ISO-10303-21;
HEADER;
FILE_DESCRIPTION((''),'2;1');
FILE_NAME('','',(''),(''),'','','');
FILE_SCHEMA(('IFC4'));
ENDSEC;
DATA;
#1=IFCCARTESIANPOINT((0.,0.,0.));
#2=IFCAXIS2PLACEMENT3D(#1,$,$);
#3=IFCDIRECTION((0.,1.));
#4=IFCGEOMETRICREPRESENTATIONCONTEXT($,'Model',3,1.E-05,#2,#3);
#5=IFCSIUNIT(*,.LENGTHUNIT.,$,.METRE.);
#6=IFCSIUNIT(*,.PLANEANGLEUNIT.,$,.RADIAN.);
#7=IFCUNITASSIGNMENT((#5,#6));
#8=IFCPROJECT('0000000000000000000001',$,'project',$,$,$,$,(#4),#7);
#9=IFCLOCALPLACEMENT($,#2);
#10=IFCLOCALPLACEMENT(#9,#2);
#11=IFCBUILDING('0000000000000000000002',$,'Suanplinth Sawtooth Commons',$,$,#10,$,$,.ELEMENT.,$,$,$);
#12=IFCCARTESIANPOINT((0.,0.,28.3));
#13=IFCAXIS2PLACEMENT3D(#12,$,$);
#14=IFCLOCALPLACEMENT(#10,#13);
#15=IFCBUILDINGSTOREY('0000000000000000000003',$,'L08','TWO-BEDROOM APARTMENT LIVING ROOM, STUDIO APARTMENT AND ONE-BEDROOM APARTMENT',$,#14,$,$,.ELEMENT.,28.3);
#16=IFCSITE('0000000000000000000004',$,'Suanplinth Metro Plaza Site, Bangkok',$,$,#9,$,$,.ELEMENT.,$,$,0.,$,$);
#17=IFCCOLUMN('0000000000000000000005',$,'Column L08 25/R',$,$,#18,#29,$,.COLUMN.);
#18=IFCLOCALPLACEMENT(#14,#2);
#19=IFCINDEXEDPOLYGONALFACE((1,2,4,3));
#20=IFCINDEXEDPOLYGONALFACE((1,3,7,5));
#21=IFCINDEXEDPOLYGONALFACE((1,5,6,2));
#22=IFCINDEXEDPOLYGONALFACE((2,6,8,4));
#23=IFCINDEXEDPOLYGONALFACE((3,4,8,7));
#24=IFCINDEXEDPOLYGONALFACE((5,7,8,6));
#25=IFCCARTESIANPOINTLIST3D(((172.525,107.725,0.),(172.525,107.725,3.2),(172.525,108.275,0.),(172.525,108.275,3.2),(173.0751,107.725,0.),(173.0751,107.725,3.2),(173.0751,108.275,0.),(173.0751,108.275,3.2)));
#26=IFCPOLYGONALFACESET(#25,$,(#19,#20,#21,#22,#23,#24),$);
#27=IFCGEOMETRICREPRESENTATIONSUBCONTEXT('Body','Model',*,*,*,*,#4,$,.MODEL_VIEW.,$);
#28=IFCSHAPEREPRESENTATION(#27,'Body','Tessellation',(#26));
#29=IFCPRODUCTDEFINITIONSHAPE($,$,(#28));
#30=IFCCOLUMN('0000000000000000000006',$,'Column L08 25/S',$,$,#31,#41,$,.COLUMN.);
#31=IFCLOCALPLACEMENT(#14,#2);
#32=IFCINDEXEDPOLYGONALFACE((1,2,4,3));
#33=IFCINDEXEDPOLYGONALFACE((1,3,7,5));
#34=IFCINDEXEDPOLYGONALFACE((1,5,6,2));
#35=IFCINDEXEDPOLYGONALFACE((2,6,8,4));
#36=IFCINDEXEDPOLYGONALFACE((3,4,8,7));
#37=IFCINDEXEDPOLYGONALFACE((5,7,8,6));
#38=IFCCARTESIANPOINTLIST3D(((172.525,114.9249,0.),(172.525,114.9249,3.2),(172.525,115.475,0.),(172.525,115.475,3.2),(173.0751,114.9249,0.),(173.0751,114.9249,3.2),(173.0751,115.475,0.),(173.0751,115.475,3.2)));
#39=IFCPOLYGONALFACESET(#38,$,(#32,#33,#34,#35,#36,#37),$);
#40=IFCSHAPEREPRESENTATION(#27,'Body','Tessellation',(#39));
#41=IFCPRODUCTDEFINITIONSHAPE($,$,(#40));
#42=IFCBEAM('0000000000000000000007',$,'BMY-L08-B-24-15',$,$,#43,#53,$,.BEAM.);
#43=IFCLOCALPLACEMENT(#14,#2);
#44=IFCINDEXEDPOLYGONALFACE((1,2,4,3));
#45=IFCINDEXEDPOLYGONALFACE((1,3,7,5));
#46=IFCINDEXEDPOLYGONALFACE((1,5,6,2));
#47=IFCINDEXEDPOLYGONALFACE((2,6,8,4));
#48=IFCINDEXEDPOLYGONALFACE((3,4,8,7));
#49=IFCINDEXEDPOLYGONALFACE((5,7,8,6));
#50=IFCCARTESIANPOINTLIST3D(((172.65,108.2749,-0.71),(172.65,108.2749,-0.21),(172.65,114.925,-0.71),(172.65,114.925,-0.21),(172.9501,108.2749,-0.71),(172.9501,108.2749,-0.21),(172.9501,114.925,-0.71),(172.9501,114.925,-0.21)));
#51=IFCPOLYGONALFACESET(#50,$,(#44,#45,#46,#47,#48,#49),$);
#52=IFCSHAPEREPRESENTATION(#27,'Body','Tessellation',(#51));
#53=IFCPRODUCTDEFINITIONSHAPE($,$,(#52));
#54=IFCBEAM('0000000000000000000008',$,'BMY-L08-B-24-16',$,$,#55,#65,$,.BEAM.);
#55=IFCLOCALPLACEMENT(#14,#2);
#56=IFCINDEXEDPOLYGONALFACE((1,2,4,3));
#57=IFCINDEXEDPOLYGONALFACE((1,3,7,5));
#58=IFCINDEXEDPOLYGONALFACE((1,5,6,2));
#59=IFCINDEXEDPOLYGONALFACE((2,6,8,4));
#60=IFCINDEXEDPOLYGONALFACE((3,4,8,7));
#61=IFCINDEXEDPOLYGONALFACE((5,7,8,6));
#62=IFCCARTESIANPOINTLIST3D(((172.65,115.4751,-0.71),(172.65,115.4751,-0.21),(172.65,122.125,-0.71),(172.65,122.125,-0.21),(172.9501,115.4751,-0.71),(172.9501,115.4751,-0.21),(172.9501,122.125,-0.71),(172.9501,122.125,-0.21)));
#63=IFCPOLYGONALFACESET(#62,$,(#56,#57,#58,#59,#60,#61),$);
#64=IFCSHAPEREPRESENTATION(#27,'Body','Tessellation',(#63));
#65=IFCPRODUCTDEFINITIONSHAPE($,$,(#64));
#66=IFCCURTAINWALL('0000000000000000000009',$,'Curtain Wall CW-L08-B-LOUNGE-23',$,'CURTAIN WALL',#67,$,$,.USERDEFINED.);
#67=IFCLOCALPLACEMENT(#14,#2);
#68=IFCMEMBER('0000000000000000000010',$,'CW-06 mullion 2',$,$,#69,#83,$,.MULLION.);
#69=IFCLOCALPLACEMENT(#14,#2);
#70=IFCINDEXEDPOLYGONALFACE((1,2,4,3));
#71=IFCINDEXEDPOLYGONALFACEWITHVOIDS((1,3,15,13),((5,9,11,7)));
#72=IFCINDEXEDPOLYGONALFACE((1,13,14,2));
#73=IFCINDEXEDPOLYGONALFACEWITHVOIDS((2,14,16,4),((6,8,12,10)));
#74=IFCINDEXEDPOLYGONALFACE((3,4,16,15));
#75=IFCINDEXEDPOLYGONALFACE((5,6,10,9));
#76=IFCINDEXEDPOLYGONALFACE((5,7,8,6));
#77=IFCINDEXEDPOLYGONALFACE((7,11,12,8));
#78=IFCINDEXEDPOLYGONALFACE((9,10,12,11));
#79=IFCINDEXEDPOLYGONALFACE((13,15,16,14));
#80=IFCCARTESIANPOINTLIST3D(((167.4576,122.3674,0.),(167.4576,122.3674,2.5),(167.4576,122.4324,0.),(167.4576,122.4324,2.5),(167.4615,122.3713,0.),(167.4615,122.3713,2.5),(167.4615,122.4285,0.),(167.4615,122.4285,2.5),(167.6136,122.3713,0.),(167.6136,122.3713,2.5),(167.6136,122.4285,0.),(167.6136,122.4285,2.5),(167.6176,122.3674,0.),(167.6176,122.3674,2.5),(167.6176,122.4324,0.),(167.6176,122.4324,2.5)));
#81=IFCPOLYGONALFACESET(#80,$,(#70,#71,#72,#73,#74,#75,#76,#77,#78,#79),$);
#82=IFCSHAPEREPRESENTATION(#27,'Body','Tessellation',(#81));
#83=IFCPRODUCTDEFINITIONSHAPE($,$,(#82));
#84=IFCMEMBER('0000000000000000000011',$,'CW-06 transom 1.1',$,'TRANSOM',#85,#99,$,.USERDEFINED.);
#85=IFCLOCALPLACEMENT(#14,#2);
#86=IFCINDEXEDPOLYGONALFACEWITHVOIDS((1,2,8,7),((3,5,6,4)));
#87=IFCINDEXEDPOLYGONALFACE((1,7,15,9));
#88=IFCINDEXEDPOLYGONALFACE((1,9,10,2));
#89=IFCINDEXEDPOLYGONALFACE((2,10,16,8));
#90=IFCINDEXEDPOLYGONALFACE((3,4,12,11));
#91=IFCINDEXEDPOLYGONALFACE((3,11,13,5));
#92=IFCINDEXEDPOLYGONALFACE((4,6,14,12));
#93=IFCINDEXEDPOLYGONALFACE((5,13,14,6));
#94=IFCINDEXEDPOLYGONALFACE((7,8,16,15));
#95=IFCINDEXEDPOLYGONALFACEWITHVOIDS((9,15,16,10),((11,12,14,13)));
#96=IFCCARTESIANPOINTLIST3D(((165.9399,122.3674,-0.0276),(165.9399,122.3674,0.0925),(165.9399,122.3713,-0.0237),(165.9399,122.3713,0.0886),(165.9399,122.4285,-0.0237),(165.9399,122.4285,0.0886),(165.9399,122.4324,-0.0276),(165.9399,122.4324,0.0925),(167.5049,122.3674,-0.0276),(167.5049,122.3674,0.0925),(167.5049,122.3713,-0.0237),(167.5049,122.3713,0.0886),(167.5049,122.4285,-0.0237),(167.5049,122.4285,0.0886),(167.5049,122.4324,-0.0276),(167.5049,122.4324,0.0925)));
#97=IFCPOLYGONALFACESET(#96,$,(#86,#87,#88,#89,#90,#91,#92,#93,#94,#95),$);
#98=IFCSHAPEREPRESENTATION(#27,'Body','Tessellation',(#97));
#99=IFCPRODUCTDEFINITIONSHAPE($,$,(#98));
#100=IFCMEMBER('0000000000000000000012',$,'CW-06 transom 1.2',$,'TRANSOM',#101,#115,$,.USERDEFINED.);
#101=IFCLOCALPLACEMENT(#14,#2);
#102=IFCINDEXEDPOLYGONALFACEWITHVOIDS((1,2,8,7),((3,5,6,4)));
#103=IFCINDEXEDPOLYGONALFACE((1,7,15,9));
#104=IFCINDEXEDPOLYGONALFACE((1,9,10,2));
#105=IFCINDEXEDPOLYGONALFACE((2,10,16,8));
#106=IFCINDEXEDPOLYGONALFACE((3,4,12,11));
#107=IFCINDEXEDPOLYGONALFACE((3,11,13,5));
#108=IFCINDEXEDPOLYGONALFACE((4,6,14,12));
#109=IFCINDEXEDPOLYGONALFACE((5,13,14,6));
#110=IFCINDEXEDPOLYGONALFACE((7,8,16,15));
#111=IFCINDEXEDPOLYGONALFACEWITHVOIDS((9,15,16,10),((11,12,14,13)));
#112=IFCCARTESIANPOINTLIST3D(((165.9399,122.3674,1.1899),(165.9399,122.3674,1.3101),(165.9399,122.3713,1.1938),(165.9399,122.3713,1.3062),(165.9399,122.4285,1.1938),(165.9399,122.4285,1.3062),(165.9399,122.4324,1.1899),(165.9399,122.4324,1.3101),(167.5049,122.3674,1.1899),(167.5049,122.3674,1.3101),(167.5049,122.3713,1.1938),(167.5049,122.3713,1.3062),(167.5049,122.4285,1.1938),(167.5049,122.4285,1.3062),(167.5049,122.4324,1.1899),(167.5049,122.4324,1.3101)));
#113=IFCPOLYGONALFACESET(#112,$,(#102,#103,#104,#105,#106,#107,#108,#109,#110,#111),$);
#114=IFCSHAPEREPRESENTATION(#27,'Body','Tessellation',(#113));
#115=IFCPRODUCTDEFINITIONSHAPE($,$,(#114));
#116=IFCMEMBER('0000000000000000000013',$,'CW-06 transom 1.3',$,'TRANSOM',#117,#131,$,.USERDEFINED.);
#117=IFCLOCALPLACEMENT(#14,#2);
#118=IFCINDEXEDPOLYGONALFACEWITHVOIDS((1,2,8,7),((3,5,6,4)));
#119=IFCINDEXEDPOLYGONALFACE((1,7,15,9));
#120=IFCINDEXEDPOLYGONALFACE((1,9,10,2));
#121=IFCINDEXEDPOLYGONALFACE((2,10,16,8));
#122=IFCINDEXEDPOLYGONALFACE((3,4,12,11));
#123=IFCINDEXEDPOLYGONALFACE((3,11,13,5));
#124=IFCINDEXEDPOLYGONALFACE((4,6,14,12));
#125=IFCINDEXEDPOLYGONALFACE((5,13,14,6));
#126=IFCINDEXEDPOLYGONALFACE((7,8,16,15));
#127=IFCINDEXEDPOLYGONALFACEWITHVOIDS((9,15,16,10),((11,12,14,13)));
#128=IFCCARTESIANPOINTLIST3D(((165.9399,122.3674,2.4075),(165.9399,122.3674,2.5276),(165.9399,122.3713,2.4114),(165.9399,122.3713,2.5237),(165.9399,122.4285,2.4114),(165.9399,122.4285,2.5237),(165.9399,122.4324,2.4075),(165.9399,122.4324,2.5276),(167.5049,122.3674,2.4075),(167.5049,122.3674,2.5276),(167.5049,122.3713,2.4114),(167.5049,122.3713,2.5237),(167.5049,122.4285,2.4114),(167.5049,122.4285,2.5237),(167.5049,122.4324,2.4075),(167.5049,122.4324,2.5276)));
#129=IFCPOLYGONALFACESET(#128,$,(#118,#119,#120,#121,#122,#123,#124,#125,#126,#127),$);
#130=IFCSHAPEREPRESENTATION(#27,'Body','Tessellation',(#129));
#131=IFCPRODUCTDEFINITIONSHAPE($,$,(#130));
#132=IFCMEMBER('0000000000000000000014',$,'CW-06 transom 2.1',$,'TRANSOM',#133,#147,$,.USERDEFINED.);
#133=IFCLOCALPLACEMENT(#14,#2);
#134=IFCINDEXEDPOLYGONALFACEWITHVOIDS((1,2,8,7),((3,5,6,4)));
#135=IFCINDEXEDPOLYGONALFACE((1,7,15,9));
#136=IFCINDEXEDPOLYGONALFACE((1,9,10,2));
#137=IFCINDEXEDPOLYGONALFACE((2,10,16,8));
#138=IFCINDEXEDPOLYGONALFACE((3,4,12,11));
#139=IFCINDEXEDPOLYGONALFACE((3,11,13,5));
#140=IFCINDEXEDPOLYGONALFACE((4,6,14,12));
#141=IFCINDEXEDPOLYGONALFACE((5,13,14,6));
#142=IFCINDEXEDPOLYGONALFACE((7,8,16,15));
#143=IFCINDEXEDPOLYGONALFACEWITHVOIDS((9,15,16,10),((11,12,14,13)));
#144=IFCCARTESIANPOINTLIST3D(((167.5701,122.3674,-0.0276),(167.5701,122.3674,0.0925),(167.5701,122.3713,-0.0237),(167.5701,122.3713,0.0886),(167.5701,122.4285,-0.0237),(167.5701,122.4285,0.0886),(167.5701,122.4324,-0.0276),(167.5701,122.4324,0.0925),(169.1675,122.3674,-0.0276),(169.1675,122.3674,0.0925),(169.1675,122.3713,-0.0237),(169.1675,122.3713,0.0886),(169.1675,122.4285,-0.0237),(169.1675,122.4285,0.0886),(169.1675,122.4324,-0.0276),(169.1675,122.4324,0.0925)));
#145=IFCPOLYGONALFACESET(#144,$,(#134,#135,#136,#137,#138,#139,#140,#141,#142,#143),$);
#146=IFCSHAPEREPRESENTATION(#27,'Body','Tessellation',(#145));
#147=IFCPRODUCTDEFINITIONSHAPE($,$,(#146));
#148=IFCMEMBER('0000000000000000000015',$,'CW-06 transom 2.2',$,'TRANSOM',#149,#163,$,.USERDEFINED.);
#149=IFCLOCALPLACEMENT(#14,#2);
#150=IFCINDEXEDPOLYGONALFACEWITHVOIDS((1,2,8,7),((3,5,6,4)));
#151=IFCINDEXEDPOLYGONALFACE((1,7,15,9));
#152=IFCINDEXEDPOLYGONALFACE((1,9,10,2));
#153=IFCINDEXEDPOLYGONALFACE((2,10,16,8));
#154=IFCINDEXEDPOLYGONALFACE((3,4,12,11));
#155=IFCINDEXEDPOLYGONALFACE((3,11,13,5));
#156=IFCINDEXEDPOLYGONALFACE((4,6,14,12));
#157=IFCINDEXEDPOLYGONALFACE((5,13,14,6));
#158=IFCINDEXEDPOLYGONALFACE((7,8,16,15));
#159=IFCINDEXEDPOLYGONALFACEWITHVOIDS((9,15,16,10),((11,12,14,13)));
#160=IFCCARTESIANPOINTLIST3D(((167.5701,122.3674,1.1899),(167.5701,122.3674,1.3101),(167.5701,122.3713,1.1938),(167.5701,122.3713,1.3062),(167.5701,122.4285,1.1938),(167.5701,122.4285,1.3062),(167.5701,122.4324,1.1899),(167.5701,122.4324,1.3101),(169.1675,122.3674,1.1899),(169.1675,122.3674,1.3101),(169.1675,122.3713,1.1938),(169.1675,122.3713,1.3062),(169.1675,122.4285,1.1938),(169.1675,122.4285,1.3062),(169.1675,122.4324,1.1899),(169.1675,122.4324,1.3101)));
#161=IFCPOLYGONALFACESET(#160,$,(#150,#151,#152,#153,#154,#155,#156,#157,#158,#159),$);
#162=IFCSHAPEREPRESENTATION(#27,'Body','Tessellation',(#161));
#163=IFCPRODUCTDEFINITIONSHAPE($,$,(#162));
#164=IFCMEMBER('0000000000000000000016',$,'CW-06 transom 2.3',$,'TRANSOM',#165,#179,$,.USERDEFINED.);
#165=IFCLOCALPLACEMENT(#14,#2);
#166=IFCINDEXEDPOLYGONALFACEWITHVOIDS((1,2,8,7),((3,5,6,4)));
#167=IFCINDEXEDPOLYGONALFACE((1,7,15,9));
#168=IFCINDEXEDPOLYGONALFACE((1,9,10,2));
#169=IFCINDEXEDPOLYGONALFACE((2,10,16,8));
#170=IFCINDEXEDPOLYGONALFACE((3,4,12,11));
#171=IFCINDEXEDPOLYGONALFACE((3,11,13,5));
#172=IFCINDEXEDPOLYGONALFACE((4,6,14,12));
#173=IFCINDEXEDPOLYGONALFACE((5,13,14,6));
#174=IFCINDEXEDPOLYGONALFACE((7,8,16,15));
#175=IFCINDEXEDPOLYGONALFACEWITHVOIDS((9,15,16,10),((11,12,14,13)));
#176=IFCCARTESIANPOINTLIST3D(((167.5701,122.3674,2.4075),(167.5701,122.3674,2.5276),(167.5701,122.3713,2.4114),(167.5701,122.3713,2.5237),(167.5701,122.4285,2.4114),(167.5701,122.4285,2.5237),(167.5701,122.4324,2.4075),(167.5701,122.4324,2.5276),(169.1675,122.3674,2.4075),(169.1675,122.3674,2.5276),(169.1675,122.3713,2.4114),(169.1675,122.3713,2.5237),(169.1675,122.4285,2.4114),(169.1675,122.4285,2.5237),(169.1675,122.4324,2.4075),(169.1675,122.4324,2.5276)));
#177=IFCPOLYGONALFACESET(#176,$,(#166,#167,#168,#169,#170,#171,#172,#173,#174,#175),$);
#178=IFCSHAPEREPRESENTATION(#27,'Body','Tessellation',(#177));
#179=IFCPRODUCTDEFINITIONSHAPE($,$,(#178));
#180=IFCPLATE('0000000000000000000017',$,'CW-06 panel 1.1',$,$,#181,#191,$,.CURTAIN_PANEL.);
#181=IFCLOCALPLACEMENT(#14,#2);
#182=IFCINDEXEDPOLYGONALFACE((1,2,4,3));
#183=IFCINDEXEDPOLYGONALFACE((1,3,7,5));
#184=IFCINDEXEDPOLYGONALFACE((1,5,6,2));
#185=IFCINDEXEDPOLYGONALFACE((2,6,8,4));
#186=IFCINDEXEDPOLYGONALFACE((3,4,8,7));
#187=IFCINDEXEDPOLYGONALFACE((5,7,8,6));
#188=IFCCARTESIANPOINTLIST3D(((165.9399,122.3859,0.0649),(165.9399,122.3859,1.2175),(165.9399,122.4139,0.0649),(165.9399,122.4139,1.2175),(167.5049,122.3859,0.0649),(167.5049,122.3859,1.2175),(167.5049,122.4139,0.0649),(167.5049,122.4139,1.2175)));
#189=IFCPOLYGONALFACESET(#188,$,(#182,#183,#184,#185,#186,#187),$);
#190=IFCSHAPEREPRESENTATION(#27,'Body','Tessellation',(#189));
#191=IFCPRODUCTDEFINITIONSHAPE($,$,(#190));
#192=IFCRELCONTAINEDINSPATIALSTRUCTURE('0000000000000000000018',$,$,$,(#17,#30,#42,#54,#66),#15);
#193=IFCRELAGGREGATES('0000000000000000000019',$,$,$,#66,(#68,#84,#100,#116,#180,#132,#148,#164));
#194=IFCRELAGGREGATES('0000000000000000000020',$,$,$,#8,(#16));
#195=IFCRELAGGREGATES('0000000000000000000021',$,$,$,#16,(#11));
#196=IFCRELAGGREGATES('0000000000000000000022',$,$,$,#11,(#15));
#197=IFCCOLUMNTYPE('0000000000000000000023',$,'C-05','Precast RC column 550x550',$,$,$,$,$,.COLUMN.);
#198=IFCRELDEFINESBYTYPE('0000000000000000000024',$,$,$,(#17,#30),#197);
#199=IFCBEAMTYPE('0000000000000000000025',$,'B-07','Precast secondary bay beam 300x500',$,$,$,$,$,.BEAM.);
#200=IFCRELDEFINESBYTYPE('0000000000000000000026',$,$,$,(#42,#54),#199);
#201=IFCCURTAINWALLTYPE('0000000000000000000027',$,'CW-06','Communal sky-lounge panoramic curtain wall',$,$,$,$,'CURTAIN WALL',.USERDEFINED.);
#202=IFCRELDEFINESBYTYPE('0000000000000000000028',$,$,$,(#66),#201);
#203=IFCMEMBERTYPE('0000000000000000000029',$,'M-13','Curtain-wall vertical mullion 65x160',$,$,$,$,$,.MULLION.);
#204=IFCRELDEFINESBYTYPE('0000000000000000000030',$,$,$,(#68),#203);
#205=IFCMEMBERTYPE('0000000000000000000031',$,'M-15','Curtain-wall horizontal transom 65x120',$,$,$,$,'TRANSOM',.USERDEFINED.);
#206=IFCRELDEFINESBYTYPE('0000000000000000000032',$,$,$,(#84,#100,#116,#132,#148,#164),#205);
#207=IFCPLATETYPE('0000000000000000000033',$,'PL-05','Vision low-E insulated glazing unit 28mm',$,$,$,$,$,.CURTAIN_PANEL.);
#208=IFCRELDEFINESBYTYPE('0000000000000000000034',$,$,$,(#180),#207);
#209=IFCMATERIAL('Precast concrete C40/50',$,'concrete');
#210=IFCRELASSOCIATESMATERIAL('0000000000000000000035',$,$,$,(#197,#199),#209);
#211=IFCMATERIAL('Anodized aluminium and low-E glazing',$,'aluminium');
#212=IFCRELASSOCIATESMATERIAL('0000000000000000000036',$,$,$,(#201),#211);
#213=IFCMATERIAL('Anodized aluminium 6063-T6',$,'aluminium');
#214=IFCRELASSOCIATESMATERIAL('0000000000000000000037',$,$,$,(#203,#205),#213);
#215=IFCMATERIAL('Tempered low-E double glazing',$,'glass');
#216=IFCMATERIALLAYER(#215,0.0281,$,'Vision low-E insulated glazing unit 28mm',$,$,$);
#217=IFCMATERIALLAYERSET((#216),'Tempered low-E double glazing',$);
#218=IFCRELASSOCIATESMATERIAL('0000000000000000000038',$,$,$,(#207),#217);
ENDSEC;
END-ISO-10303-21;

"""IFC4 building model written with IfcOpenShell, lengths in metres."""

from ifc_helpers import new_model, si_unit, direction, frame, origin, origin_2d, place, context, subcontext, project, spatial, rectangle, hollow_rectangle, extrude, material, layer, layer_set, material_profile, profile_set, type_object, element, aggregate, save


model = new_model("IFC4")

# Units and contexts
model_context = context("Model", 3, precision=1e-05, world=origin(), true_north=direction((0.0, 1.0)))
body_context = subcontext(model_context, "Body", "Model", "MODEL_VIEW")
ifc_project = project(units=[si_unit("LENGTHUNIT", "METRE"), si_unit("PLANEANGLEUNIT", "RADIAN")], contexts=[model_context])

# Site, building, storey
site_placement = place(None, origin())
site = spatial("IfcSite", under=ifc_project, at=site_placement, Name="Suanplinth Metro Plaza Site, Bangkok", CompositionType="ELEMENT", RefElevation=0.0)
building_placement = place(site_placement, origin())
building = spatial("IfcBuilding", under=site, at=building_placement, Name="Suanplinth Sawtooth Commons", CompositionType="ELEMENT")
storey_placement = place(building_placement, frame((0.0, 0.0, 28.3)))
storey = spatial("IfcBuildingStorey", under=building, at=storey_placement, Name="L08", Description="TWO-BEDROOM APARTMENT LIVING ROOM, STUDIO APARTMENT AND ONE-BEDROOM APARTMENT", CompositionType="ELEMENT", Elevation=28.3)

# Columns
ifc_material_1 = material(Name="Precast concrete C40/50", Category="concrete")
ifc_material_profile_1 = material_profile(ifc_material_1, rectangle(XDim=0.55, YDim=0.55, at=origin_2d()), Name="PC-COL 550x550")
ifc_profile_set_1 = profile_set([ifc_material_profile_1], Name="Precast concrete C40/50")
column_type = type_object("IfcColumnType", Name="C-05", Description="Precast RC column 550x550", PredefinedType="COLUMN", material=ifc_profile_set_1)
for number, where, z_axis, x_axis, name in (
    (1, (172.8, 108.0, 0.0), (0.0, 0.0, 1.0), (1.0, 0.0, 0.0), "Column L08 25/R"),
    (2, (172.8, 115.2, 0.0), (0.0, 0.0, 1.0), (1.0, 0.0, 0.0), "Column L08 25/S"),
):
    element("IfcColumn", number, at=place(storey_placement, frame(where, z_axis=z_axis, x_axis=x_axis)), inside=storey, type_object=column_type, Name=name, PredefinedType="COLUMN", context=body_context, shape_type="SweptSolid", body=[
        extrude(rectangle(XDim=0.55, YDim=0.55, at=origin_2d()), origin(), (0.0, 0.0, 1.0), 3.2),
    ])

# Beams
ifc_material_profile_2 = material_profile(ifc_material_1, rectangle(XDim=0.3, YDim=0.5, at=origin_2d()), Name="PC-BM 300x500")
ifc_profile_set_2 = profile_set([ifc_material_profile_2], Name="Precast concrete C40/50")
beam_type = type_object("IfcBeamType", Name="B-07", Description="Precast secondary bay beam 300x500", PredefinedType="BEAM", material=ifc_profile_set_2)
beam_1_placement = place(storey_placement, frame((172.8, 108.2749, -0.46), z_axis=(0.0, 1.0, 0.0), x_axis=(-1.0, 0.0, 0.0)))
element("IfcBeam", 3, at=beam_1_placement, inside=storey, type_object=beam_type, Name="BMY-L08-B-24-15", PredefinedType="BEAM", context=body_context, shape_type="SweptSolid", body=[
    extrude(rectangle(XDim=0.3, YDim=0.5, at=origin_2d()), origin(), (0.0, 0.0, 1.0), 6.6501),
])
beam_2_placement = place(storey_placement, frame((172.8, 115.4751, -0.46), z_axis=(0.0, 1.0, 0.0), x_axis=(-1.0, 0.0, 0.0)))
element("IfcBeam", 4, at=beam_2_placement, inside=storey, type_object=beam_type, Name="BMY-L08-B-24-16", PredefinedType="BEAM", context=body_context, shape_type="SweptSolid", body=[
    extrude(rectangle(XDim=0.3, YDim=0.5, at=origin_2d()), origin(), (0.0, 0.0, 1.0), 6.6499),
])

# Curtain wall, members, plate
ifc_material_2 = material(Name="Anodized aluminium and low-E glazing", Category="aluminium")
curtain_wall_type = type_object("IfcCurtainWallType", Name="CW-06", Description="Communal sky-lounge panoramic curtain wall", ElementType="CURTAIN WALL", PredefinedType="USERDEFINED", material=ifc_material_2)
curtain_wall_placement = place(storey_placement, origin())
curtain_wall = element("IfcCurtainWall", 5, at=curtain_wall_placement, inside=storey, type_object=curtain_wall_type, Name="Curtain Wall CW-L08-B-LOUNGE-23", ObjectType="CURTAIN WALL", PredefinedType="USERDEFINED")
ifc_material_3 = material(Name="Anodized aluminium 6063-T6", Category="aluminium")
ifc_material_profile_3 = material_profile(ifc_material_3, hollow_rectangle(XDim=0.0649, YDim=0.1599, WallThickness=0.0039, at=origin_2d()), Name="ALU-MUL 65x160")
ifc_profile_set_3 = profile_set([ifc_material_profile_3], Name="Anodized aluminium 6063-T6")
member_type_1 = type_object("IfcMemberType", Name="M-13", Description="Curtain-wall vertical mullion 65x160", PredefinedType="MULLION", material=ifc_profile_set_3)
member_1_placement = place(storey_placement, frame((167.5376, 122.3999, 0.0), z_axis=(0.0, 0.0, 1.0), x_axis=(0.0, 1.0, 0.0)))
member_1 = element("IfcMember", 6, at=member_1_placement, type_object=member_type_1, Name="CW-06 mullion 2", PredefinedType="MULLION", context=body_context, shape_type="SweptSolid", body=[
    extrude(hollow_rectangle(XDim=0.0649, YDim=0.1599, WallThickness=0.0039, at=origin_2d()), origin(), (0.0, 0.0, 1.0), 2.5),
])
ifc_material_profile_4 = material_profile(ifc_material_3, hollow_rectangle(XDim=0.0649, YDim=0.1201, WallThickness=0.0039, at=origin_2d()), Name="ALU-TRN 65x120")
ifc_profile_set_4 = profile_set([ifc_material_profile_4], Name="Anodized aluminium 6063-T6")
member_type_2 = type_object("IfcMemberType", Name="M-15", Description="Curtain-wall horizontal transom 65x120", ElementType="TRANSOM", PredefinedType="USERDEFINED", material=ifc_profile_set_4)
member_2_placement = place(storey_placement, frame((165.9399, 122.3999, 0.0325), z_axis=(1.0, 0.0, 0.0), x_axis=(0.0, 1.0, 0.0)))
member_2 = element("IfcMember", 7, at=member_2_placement, type_object=member_type_2, Name="CW-06 transom 1.1", ObjectType="TRANSOM", PredefinedType="USERDEFINED", context=body_context, shape_type="SweptSolid", body=[
    extrude(hollow_rectangle(XDim=0.0649, YDim=0.1201, WallThickness=0.0039, at=origin_2d()), origin(), (0.0, 0.0, 1.0), 1.5649),
])
member_3_placement = place(storey_placement, frame((165.9399, 122.3999, 1.25), z_axis=(1.0, 0.0, 0.0), x_axis=(0.0, 1.0, 0.0)))
member_3 = element("IfcMember", 8, at=member_3_placement, type_object=member_type_2, Name="CW-06 transom 1.2", ObjectType="TRANSOM", PredefinedType="USERDEFINED", context=body_context, shape_type="SweptSolid", body=[
    extrude(hollow_rectangle(XDim=0.0649, YDim=0.1201, WallThickness=0.0039, at=origin_2d()), origin(), (0.0, 0.0, 1.0), 1.5649),
])
member_4_placement = place(storey_placement, frame((165.9399, 122.3999, 2.4675), z_axis=(1.0, 0.0, 0.0), x_axis=(0.0, 1.0, 0.0)))
member_4 = element("IfcMember", 9, at=member_4_placement, type_object=member_type_2, Name="CW-06 transom 1.3", ObjectType="TRANSOM", PredefinedType="USERDEFINED", context=body_context, shape_type="SweptSolid", body=[
    extrude(hollow_rectangle(XDim=0.0649, YDim=0.1201, WallThickness=0.0039, at=origin_2d()), origin(), (0.0, 0.0, 1.0), 1.5649),
])
member_5_placement = place(storey_placement, frame((167.5701, 122.3999, 0.0325), z_axis=(1.0, 0.0, 0.0), x_axis=(0.0, 1.0, 0.0)))
member_5 = element("IfcMember", 10, at=member_5_placement, type_object=member_type_2, Name="CW-06 transom 2.1", ObjectType="TRANSOM", PredefinedType="USERDEFINED", context=body_context, shape_type="SweptSolid", body=[
    extrude(hollow_rectangle(XDim=0.0649, YDim=0.1201, WallThickness=0.0039, at=origin_2d()), origin(), (0.0, 0.0, 1.0), 1.5974),
])
member_6_placement = place(storey_placement, frame((167.5701, 122.3999, 1.25), z_axis=(1.0, 0.0, 0.0), x_axis=(0.0, 1.0, 0.0)))
member_6 = element("IfcMember", 11, at=member_6_placement, type_object=member_type_2, Name="CW-06 transom 2.2", ObjectType="TRANSOM", PredefinedType="USERDEFINED", context=body_context, shape_type="SweptSolid", body=[
    extrude(hollow_rectangle(XDim=0.0649, YDim=0.1201, WallThickness=0.0039, at=origin_2d()), origin(), (0.0, 0.0, 1.0), 1.5974),
])
member_7_placement = place(storey_placement, frame((167.5701, 122.3999, 2.4675), z_axis=(1.0, 0.0, 0.0), x_axis=(0.0, 1.0, 0.0)))
member_7 = element("IfcMember", 12, at=member_7_placement, type_object=member_type_2, Name="CW-06 transom 2.3", ObjectType="TRANSOM", PredefinedType="USERDEFINED", context=body_context, shape_type="SweptSolid", body=[
    extrude(hollow_rectangle(XDim=0.0649, YDim=0.1201, WallThickness=0.0039, at=origin_2d()), origin(), (0.0, 0.0, 1.0), 1.5974),
])
ifc_material_4 = material(Name="Tempered low-E double glazing", Category="glass")
ifc_layer_1 = layer(ifc_material_4, 0.0281, Name="Vision low-E insulated glazing unit 28mm")
ifc_layer_set_1 = layer_set([ifc_layer_1], Name="Tempered low-E double glazing")
plate_type = type_object("IfcPlateType", Name="PL-05", Description="Vision low-E insulated glazing unit 28mm", PredefinedType="CURTAIN_PANEL", material=ifc_layer_set_1)
plate_1_placement = place(storey_placement, frame((166.7224, 122.3999, 0.0649), z_axis=(0.0, 0.0, 1.0), x_axis=(1.0, 0.0, 0.0)))
plate_1 = element("IfcPlate", 13, at=plate_1_placement, type_object=plate_type, Name="CW-06 panel 1.1", PredefinedType="CURTAIN_PANEL", context=body_context, shape_type="SweptSolid", body=[
    extrude(rectangle(XDim=1.5649, YDim=0.0281, at=origin_2d()), origin(), (0.0, 0.0, 1.0), 1.1526),
])
aggregate(curtain_wall, [member_1, member_2, member_3, member_4, plate_1, member_5, member_6, member_7])

save(model, "model.ifc")
